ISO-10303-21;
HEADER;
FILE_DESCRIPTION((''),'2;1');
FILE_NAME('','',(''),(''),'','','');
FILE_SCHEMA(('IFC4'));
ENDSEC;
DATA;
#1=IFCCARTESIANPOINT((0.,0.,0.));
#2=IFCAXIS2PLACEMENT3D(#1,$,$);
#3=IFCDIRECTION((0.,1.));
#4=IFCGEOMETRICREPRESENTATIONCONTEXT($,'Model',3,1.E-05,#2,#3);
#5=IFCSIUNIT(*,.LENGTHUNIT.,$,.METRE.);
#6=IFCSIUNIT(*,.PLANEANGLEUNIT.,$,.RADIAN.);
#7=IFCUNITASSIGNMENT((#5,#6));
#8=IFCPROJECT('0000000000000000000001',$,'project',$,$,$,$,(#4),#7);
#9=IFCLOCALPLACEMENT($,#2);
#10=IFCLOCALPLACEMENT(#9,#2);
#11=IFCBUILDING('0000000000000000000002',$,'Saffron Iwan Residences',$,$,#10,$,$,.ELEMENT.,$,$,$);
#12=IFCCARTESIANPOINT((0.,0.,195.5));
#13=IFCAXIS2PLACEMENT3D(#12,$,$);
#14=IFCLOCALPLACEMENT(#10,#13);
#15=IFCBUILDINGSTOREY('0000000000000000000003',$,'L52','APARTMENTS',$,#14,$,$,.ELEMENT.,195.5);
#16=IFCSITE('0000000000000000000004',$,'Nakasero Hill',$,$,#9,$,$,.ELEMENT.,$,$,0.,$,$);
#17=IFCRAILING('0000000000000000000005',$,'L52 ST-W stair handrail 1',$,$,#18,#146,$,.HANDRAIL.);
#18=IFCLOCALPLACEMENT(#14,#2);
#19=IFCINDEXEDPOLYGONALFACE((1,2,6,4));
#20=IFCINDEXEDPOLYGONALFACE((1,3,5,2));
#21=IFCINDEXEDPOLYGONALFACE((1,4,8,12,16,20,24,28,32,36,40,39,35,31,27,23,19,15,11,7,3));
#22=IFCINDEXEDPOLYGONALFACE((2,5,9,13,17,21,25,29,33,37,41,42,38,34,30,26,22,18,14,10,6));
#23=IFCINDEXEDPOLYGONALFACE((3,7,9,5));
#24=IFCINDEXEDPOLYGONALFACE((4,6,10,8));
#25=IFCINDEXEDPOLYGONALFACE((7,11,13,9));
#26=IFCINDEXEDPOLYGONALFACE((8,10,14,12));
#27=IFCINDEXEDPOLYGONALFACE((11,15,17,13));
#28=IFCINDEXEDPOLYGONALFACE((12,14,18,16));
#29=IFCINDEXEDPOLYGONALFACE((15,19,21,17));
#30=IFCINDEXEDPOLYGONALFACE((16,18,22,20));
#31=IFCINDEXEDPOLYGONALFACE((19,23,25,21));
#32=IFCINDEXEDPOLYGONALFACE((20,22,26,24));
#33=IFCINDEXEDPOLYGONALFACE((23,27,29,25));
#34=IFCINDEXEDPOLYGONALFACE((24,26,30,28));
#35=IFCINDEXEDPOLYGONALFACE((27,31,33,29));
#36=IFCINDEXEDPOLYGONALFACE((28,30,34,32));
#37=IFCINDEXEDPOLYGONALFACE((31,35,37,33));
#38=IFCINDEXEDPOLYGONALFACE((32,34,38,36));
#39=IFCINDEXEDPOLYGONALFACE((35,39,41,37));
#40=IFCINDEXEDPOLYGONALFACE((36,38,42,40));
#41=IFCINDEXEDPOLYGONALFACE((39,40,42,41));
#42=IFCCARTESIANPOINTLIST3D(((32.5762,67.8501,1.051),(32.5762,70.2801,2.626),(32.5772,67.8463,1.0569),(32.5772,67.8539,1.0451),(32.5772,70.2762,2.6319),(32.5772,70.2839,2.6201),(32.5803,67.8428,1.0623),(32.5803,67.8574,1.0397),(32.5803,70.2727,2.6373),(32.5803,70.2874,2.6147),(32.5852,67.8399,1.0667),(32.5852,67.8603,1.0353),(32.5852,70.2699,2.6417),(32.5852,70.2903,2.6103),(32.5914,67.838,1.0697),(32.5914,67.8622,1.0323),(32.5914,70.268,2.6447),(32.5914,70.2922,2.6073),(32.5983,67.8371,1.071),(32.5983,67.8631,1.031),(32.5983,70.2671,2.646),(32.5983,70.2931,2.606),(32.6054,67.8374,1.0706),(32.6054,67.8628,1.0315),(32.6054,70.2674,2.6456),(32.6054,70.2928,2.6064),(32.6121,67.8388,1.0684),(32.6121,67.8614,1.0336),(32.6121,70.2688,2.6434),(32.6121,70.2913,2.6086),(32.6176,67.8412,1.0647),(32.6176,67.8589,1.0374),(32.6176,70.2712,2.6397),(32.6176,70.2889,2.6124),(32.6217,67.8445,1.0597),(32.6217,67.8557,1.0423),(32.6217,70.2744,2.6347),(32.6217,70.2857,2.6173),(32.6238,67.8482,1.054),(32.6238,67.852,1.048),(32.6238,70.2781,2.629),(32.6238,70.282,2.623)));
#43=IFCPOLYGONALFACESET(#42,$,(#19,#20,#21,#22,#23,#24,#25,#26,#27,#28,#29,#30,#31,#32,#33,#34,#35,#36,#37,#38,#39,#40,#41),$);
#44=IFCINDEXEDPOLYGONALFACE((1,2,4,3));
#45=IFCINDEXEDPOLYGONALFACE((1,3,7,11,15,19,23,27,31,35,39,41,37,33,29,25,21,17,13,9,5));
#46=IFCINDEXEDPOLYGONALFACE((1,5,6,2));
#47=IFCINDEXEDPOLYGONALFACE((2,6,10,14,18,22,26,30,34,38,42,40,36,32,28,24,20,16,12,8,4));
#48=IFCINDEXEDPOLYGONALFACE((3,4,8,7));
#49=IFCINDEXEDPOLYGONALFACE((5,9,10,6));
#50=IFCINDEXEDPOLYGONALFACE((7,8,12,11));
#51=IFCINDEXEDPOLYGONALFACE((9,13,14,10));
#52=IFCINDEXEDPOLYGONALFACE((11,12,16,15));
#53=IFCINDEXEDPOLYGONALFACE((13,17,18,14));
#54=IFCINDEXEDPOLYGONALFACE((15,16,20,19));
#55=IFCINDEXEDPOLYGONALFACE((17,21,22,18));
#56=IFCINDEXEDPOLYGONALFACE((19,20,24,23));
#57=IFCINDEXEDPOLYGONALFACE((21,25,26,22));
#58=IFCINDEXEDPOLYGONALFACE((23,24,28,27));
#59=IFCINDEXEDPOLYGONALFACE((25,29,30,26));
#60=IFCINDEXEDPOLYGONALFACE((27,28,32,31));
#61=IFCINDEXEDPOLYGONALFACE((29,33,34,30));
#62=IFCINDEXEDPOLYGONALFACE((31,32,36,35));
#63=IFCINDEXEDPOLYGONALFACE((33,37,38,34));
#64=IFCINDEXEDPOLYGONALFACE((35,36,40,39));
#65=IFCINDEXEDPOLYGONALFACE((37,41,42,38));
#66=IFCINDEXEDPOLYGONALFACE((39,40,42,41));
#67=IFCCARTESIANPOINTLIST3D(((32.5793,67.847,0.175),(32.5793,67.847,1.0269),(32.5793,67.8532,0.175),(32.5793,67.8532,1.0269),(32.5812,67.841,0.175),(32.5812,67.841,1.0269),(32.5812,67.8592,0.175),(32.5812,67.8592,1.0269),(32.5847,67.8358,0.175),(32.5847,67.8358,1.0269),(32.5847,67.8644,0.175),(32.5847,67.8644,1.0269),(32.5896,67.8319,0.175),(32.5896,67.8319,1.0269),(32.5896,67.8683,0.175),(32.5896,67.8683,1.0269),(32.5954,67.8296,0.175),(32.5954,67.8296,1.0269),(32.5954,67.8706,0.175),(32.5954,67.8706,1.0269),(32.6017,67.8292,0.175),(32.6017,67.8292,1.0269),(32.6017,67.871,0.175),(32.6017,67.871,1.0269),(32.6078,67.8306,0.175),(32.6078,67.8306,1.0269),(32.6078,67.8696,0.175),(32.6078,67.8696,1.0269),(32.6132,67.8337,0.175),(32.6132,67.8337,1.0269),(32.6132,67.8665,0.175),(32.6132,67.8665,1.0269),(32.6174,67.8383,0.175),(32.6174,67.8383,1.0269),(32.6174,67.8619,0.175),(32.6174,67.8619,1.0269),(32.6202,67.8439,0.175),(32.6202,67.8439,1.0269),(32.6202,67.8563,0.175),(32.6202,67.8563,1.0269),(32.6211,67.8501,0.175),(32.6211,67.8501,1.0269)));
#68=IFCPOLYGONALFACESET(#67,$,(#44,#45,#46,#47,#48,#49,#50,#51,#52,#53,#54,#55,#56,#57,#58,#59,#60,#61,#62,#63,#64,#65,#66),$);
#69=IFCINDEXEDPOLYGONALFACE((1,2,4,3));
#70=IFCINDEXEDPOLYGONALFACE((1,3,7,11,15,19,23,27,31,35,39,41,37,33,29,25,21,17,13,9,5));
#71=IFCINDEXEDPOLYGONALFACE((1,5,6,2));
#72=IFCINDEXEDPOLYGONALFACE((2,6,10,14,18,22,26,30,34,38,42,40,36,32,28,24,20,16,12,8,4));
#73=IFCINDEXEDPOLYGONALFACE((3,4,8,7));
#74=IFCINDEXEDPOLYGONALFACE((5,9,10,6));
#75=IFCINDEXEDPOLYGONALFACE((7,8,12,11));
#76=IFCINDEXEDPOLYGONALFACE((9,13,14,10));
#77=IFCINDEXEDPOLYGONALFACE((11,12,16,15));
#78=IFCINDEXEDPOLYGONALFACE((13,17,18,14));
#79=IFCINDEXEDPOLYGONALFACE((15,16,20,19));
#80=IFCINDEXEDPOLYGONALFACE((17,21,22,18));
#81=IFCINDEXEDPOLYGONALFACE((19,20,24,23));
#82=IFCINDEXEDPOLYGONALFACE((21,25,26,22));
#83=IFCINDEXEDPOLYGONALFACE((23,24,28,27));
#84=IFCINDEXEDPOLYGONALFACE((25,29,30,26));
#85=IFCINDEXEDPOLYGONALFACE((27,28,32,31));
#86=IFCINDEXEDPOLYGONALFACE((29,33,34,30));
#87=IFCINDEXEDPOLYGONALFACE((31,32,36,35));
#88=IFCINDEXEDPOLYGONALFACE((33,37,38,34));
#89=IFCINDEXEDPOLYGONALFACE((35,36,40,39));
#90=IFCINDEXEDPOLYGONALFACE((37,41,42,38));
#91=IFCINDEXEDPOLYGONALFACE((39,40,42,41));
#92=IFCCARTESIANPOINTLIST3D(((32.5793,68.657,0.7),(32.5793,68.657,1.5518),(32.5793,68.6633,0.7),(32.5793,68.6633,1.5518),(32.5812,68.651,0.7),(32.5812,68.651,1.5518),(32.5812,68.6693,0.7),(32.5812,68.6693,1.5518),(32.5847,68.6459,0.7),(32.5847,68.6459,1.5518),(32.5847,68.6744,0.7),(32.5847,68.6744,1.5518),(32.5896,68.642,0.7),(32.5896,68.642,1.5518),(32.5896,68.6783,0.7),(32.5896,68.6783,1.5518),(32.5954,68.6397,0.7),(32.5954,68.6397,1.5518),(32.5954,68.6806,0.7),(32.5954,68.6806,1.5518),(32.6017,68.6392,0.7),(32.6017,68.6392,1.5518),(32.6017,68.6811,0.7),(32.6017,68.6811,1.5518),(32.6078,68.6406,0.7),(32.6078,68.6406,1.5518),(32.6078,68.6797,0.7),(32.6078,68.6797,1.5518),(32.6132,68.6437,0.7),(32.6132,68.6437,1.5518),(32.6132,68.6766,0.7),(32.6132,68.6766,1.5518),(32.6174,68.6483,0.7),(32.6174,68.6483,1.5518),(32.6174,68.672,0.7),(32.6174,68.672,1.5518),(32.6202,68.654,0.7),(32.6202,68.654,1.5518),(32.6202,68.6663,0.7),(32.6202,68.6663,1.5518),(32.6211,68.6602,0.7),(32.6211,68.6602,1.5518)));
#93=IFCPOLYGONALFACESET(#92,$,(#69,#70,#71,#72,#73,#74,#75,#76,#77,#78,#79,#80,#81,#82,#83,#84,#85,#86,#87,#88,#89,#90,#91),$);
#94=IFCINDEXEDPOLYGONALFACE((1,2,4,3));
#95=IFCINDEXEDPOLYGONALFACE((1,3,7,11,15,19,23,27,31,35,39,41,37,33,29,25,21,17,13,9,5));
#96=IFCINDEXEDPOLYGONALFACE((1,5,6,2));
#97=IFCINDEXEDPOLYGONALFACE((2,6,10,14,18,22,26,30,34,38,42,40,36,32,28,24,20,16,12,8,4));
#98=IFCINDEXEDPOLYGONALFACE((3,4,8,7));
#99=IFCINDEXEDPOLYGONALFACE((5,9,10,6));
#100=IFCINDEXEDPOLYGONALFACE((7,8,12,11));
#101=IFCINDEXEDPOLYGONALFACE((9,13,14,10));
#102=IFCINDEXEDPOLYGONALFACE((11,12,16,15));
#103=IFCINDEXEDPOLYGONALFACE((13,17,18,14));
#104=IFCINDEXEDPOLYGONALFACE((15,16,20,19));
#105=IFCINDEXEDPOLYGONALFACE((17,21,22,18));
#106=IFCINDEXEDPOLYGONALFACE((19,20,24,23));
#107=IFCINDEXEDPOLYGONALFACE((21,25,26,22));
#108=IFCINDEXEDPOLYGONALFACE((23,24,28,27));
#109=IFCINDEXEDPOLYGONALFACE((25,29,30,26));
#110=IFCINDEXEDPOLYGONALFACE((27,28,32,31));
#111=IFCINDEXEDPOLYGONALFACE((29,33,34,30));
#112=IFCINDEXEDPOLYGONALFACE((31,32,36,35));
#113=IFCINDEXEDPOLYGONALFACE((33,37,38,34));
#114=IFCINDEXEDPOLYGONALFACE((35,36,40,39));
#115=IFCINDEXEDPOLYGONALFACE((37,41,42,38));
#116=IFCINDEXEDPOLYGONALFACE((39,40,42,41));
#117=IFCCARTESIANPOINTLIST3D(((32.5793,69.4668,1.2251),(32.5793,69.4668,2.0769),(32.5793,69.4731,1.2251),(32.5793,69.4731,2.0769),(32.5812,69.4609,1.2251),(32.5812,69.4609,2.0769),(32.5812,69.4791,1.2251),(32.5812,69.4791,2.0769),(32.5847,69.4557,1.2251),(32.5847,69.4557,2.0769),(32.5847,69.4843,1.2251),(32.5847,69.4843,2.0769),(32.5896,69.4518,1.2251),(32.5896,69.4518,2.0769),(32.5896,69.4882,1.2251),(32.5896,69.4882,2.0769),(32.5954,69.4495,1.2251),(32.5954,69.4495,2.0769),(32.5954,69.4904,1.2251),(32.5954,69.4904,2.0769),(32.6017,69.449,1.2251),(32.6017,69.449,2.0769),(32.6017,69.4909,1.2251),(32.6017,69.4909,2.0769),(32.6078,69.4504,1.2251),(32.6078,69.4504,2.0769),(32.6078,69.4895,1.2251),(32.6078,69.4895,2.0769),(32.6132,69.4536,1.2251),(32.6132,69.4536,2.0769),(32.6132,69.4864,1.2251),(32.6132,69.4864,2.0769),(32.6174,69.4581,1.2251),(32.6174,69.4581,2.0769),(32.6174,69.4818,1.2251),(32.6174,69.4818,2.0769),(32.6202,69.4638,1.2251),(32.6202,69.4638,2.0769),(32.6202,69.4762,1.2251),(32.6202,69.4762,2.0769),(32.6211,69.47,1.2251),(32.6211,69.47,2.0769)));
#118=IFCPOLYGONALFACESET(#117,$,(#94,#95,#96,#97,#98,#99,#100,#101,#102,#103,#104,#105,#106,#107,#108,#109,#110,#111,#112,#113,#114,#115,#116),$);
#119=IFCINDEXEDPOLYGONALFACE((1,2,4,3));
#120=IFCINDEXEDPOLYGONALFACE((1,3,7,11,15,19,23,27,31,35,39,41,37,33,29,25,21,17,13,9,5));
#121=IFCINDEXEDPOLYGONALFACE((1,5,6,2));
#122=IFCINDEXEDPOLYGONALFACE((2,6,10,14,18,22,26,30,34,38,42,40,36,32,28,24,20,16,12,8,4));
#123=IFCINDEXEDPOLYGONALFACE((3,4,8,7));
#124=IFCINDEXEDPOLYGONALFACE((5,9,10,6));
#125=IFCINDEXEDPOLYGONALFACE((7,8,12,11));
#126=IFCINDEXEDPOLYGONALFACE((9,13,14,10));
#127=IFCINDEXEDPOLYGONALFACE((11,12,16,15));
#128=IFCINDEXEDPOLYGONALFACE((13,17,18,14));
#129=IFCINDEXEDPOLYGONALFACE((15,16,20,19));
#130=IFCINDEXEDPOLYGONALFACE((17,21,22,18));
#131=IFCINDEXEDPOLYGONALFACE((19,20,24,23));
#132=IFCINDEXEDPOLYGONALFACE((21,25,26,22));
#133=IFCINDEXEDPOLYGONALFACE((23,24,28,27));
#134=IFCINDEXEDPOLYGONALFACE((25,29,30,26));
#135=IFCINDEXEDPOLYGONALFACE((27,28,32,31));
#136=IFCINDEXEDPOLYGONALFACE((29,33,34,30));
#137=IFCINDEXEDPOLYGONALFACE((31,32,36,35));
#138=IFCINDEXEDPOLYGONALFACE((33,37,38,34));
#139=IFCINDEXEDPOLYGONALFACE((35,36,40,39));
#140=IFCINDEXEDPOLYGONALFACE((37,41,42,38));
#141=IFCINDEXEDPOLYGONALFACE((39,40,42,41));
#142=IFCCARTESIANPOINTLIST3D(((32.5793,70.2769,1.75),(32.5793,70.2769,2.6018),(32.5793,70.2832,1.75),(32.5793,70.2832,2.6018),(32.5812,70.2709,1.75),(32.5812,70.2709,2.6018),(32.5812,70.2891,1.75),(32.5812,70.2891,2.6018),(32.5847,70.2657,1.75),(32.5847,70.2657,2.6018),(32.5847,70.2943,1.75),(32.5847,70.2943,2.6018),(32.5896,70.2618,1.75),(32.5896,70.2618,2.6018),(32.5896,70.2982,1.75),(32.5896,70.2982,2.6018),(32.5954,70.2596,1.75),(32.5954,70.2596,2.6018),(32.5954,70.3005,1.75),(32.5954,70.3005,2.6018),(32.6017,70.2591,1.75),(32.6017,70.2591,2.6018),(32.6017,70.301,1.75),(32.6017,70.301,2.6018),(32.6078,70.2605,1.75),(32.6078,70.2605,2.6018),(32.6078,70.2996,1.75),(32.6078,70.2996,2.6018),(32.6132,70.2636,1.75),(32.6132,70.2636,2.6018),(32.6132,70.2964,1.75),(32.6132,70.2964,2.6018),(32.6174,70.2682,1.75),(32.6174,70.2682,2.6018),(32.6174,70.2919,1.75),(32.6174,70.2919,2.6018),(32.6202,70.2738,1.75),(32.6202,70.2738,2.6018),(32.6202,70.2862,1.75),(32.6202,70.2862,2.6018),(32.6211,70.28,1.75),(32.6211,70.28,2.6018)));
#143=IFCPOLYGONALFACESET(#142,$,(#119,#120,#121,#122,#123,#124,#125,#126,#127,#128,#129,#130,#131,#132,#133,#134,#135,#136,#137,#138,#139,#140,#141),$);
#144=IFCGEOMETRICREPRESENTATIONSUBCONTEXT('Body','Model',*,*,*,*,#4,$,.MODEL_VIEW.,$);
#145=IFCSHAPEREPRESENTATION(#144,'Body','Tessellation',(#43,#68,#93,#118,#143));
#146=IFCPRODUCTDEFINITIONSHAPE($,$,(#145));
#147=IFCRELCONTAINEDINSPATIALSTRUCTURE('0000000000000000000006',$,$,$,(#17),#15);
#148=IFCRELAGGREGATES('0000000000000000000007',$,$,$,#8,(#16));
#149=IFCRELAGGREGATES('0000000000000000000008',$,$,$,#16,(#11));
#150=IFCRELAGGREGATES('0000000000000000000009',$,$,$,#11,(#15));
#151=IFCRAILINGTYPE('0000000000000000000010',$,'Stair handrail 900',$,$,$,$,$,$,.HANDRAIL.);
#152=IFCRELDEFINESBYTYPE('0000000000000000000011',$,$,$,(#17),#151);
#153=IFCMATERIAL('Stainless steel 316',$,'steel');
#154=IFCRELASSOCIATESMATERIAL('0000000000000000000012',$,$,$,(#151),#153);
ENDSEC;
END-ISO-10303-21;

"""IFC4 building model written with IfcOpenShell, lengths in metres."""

from ifc_helpers import new_model, si_unit, direction, frame, origin, origin_2d, place, context, subcontext, project, spatial, circle, extrude, material, type_object, element, save


model = new_model("IFC4")

# Units and contexts
model_context = context("Model", 3, precision=1e-05, world=origin(), true_north=direction((0.0, 1.0)))
body_context = subcontext(model_context, "Body", "Model", "MODEL_VIEW")
ifc_project = project(units=[si_unit("LENGTHUNIT", "METRE"), si_unit("PLANEANGLEUNIT", "RADIAN")], contexts=[model_context])

# Site, building, storey
site_placement = place(None, origin())
site = spatial("IfcSite", under=ifc_project, at=site_placement, Name="Nakasero Hill", CompositionType="ELEMENT", RefElevation=0.0)
building_placement = place(site_placement, origin())
building = spatial("IfcBuilding", under=site, at=building_placement, Name="Saffron Iwan Residences", CompositionType="ELEMENT")
storey_placement = place(building_placement, frame((0.0, 0.0, 195.5)))
storey = spatial("IfcBuildingStorey", under=building, at=storey_placement, Name="L52", Description="APARTMENTS", CompositionType="ELEMENT", Elevation=195.5)

# Railing
ifc_material_1 = material(Name="Stainless steel 316", Category="steel")
railing_type_1 = type_object("IfcRailingType", Name="Stair handrail 900", PredefinedType="HANDRAIL", material=ifc_material_1)
railing_1_placement = place(storey_placement, frame((32.6001, 67.8501, 0.175)))
element("IfcRailing", 1, at=railing_1_placement, inside=storey, type_object=railing_type_1, Name="L52 ST-W stair handrail 1", PredefinedType="HANDRAIL", context=body_context, shape_type="SweptSolid", body=[
    extrude(circle(Radius=0.0239, at=origin_2d()), frame((0.0, 0.0, 0.876), z_axis=(0.0, 0.839154, 0.543894), x_axis=(-1.0, 0.0, 0.0)), (0.0, 0.0, 1.0), 2.8958),
    extrude(circle(Radius=0.021, at=origin_2d()), origin(), (0.0, 0.0, 1.0), 0.8518),
    extrude(circle(Radius=0.021, at=origin_2d()), frame((0.0, 0.8101, 0.5249)), (0.0, 0.0, 1.0), 0.8518),
    extrude(circle(Radius=0.021, at=origin_2d()), frame((0.0, 1.6199, 1.05)), (0.0, 0.0, 1.0), 0.8518),
    extrude(circle(Radius=0.021, at=origin_2d()), frame((0.0, 2.4299, 1.575)), (0.0, 0.0, 1.0), 0.8518),
])

save(model, "model.ifc")
